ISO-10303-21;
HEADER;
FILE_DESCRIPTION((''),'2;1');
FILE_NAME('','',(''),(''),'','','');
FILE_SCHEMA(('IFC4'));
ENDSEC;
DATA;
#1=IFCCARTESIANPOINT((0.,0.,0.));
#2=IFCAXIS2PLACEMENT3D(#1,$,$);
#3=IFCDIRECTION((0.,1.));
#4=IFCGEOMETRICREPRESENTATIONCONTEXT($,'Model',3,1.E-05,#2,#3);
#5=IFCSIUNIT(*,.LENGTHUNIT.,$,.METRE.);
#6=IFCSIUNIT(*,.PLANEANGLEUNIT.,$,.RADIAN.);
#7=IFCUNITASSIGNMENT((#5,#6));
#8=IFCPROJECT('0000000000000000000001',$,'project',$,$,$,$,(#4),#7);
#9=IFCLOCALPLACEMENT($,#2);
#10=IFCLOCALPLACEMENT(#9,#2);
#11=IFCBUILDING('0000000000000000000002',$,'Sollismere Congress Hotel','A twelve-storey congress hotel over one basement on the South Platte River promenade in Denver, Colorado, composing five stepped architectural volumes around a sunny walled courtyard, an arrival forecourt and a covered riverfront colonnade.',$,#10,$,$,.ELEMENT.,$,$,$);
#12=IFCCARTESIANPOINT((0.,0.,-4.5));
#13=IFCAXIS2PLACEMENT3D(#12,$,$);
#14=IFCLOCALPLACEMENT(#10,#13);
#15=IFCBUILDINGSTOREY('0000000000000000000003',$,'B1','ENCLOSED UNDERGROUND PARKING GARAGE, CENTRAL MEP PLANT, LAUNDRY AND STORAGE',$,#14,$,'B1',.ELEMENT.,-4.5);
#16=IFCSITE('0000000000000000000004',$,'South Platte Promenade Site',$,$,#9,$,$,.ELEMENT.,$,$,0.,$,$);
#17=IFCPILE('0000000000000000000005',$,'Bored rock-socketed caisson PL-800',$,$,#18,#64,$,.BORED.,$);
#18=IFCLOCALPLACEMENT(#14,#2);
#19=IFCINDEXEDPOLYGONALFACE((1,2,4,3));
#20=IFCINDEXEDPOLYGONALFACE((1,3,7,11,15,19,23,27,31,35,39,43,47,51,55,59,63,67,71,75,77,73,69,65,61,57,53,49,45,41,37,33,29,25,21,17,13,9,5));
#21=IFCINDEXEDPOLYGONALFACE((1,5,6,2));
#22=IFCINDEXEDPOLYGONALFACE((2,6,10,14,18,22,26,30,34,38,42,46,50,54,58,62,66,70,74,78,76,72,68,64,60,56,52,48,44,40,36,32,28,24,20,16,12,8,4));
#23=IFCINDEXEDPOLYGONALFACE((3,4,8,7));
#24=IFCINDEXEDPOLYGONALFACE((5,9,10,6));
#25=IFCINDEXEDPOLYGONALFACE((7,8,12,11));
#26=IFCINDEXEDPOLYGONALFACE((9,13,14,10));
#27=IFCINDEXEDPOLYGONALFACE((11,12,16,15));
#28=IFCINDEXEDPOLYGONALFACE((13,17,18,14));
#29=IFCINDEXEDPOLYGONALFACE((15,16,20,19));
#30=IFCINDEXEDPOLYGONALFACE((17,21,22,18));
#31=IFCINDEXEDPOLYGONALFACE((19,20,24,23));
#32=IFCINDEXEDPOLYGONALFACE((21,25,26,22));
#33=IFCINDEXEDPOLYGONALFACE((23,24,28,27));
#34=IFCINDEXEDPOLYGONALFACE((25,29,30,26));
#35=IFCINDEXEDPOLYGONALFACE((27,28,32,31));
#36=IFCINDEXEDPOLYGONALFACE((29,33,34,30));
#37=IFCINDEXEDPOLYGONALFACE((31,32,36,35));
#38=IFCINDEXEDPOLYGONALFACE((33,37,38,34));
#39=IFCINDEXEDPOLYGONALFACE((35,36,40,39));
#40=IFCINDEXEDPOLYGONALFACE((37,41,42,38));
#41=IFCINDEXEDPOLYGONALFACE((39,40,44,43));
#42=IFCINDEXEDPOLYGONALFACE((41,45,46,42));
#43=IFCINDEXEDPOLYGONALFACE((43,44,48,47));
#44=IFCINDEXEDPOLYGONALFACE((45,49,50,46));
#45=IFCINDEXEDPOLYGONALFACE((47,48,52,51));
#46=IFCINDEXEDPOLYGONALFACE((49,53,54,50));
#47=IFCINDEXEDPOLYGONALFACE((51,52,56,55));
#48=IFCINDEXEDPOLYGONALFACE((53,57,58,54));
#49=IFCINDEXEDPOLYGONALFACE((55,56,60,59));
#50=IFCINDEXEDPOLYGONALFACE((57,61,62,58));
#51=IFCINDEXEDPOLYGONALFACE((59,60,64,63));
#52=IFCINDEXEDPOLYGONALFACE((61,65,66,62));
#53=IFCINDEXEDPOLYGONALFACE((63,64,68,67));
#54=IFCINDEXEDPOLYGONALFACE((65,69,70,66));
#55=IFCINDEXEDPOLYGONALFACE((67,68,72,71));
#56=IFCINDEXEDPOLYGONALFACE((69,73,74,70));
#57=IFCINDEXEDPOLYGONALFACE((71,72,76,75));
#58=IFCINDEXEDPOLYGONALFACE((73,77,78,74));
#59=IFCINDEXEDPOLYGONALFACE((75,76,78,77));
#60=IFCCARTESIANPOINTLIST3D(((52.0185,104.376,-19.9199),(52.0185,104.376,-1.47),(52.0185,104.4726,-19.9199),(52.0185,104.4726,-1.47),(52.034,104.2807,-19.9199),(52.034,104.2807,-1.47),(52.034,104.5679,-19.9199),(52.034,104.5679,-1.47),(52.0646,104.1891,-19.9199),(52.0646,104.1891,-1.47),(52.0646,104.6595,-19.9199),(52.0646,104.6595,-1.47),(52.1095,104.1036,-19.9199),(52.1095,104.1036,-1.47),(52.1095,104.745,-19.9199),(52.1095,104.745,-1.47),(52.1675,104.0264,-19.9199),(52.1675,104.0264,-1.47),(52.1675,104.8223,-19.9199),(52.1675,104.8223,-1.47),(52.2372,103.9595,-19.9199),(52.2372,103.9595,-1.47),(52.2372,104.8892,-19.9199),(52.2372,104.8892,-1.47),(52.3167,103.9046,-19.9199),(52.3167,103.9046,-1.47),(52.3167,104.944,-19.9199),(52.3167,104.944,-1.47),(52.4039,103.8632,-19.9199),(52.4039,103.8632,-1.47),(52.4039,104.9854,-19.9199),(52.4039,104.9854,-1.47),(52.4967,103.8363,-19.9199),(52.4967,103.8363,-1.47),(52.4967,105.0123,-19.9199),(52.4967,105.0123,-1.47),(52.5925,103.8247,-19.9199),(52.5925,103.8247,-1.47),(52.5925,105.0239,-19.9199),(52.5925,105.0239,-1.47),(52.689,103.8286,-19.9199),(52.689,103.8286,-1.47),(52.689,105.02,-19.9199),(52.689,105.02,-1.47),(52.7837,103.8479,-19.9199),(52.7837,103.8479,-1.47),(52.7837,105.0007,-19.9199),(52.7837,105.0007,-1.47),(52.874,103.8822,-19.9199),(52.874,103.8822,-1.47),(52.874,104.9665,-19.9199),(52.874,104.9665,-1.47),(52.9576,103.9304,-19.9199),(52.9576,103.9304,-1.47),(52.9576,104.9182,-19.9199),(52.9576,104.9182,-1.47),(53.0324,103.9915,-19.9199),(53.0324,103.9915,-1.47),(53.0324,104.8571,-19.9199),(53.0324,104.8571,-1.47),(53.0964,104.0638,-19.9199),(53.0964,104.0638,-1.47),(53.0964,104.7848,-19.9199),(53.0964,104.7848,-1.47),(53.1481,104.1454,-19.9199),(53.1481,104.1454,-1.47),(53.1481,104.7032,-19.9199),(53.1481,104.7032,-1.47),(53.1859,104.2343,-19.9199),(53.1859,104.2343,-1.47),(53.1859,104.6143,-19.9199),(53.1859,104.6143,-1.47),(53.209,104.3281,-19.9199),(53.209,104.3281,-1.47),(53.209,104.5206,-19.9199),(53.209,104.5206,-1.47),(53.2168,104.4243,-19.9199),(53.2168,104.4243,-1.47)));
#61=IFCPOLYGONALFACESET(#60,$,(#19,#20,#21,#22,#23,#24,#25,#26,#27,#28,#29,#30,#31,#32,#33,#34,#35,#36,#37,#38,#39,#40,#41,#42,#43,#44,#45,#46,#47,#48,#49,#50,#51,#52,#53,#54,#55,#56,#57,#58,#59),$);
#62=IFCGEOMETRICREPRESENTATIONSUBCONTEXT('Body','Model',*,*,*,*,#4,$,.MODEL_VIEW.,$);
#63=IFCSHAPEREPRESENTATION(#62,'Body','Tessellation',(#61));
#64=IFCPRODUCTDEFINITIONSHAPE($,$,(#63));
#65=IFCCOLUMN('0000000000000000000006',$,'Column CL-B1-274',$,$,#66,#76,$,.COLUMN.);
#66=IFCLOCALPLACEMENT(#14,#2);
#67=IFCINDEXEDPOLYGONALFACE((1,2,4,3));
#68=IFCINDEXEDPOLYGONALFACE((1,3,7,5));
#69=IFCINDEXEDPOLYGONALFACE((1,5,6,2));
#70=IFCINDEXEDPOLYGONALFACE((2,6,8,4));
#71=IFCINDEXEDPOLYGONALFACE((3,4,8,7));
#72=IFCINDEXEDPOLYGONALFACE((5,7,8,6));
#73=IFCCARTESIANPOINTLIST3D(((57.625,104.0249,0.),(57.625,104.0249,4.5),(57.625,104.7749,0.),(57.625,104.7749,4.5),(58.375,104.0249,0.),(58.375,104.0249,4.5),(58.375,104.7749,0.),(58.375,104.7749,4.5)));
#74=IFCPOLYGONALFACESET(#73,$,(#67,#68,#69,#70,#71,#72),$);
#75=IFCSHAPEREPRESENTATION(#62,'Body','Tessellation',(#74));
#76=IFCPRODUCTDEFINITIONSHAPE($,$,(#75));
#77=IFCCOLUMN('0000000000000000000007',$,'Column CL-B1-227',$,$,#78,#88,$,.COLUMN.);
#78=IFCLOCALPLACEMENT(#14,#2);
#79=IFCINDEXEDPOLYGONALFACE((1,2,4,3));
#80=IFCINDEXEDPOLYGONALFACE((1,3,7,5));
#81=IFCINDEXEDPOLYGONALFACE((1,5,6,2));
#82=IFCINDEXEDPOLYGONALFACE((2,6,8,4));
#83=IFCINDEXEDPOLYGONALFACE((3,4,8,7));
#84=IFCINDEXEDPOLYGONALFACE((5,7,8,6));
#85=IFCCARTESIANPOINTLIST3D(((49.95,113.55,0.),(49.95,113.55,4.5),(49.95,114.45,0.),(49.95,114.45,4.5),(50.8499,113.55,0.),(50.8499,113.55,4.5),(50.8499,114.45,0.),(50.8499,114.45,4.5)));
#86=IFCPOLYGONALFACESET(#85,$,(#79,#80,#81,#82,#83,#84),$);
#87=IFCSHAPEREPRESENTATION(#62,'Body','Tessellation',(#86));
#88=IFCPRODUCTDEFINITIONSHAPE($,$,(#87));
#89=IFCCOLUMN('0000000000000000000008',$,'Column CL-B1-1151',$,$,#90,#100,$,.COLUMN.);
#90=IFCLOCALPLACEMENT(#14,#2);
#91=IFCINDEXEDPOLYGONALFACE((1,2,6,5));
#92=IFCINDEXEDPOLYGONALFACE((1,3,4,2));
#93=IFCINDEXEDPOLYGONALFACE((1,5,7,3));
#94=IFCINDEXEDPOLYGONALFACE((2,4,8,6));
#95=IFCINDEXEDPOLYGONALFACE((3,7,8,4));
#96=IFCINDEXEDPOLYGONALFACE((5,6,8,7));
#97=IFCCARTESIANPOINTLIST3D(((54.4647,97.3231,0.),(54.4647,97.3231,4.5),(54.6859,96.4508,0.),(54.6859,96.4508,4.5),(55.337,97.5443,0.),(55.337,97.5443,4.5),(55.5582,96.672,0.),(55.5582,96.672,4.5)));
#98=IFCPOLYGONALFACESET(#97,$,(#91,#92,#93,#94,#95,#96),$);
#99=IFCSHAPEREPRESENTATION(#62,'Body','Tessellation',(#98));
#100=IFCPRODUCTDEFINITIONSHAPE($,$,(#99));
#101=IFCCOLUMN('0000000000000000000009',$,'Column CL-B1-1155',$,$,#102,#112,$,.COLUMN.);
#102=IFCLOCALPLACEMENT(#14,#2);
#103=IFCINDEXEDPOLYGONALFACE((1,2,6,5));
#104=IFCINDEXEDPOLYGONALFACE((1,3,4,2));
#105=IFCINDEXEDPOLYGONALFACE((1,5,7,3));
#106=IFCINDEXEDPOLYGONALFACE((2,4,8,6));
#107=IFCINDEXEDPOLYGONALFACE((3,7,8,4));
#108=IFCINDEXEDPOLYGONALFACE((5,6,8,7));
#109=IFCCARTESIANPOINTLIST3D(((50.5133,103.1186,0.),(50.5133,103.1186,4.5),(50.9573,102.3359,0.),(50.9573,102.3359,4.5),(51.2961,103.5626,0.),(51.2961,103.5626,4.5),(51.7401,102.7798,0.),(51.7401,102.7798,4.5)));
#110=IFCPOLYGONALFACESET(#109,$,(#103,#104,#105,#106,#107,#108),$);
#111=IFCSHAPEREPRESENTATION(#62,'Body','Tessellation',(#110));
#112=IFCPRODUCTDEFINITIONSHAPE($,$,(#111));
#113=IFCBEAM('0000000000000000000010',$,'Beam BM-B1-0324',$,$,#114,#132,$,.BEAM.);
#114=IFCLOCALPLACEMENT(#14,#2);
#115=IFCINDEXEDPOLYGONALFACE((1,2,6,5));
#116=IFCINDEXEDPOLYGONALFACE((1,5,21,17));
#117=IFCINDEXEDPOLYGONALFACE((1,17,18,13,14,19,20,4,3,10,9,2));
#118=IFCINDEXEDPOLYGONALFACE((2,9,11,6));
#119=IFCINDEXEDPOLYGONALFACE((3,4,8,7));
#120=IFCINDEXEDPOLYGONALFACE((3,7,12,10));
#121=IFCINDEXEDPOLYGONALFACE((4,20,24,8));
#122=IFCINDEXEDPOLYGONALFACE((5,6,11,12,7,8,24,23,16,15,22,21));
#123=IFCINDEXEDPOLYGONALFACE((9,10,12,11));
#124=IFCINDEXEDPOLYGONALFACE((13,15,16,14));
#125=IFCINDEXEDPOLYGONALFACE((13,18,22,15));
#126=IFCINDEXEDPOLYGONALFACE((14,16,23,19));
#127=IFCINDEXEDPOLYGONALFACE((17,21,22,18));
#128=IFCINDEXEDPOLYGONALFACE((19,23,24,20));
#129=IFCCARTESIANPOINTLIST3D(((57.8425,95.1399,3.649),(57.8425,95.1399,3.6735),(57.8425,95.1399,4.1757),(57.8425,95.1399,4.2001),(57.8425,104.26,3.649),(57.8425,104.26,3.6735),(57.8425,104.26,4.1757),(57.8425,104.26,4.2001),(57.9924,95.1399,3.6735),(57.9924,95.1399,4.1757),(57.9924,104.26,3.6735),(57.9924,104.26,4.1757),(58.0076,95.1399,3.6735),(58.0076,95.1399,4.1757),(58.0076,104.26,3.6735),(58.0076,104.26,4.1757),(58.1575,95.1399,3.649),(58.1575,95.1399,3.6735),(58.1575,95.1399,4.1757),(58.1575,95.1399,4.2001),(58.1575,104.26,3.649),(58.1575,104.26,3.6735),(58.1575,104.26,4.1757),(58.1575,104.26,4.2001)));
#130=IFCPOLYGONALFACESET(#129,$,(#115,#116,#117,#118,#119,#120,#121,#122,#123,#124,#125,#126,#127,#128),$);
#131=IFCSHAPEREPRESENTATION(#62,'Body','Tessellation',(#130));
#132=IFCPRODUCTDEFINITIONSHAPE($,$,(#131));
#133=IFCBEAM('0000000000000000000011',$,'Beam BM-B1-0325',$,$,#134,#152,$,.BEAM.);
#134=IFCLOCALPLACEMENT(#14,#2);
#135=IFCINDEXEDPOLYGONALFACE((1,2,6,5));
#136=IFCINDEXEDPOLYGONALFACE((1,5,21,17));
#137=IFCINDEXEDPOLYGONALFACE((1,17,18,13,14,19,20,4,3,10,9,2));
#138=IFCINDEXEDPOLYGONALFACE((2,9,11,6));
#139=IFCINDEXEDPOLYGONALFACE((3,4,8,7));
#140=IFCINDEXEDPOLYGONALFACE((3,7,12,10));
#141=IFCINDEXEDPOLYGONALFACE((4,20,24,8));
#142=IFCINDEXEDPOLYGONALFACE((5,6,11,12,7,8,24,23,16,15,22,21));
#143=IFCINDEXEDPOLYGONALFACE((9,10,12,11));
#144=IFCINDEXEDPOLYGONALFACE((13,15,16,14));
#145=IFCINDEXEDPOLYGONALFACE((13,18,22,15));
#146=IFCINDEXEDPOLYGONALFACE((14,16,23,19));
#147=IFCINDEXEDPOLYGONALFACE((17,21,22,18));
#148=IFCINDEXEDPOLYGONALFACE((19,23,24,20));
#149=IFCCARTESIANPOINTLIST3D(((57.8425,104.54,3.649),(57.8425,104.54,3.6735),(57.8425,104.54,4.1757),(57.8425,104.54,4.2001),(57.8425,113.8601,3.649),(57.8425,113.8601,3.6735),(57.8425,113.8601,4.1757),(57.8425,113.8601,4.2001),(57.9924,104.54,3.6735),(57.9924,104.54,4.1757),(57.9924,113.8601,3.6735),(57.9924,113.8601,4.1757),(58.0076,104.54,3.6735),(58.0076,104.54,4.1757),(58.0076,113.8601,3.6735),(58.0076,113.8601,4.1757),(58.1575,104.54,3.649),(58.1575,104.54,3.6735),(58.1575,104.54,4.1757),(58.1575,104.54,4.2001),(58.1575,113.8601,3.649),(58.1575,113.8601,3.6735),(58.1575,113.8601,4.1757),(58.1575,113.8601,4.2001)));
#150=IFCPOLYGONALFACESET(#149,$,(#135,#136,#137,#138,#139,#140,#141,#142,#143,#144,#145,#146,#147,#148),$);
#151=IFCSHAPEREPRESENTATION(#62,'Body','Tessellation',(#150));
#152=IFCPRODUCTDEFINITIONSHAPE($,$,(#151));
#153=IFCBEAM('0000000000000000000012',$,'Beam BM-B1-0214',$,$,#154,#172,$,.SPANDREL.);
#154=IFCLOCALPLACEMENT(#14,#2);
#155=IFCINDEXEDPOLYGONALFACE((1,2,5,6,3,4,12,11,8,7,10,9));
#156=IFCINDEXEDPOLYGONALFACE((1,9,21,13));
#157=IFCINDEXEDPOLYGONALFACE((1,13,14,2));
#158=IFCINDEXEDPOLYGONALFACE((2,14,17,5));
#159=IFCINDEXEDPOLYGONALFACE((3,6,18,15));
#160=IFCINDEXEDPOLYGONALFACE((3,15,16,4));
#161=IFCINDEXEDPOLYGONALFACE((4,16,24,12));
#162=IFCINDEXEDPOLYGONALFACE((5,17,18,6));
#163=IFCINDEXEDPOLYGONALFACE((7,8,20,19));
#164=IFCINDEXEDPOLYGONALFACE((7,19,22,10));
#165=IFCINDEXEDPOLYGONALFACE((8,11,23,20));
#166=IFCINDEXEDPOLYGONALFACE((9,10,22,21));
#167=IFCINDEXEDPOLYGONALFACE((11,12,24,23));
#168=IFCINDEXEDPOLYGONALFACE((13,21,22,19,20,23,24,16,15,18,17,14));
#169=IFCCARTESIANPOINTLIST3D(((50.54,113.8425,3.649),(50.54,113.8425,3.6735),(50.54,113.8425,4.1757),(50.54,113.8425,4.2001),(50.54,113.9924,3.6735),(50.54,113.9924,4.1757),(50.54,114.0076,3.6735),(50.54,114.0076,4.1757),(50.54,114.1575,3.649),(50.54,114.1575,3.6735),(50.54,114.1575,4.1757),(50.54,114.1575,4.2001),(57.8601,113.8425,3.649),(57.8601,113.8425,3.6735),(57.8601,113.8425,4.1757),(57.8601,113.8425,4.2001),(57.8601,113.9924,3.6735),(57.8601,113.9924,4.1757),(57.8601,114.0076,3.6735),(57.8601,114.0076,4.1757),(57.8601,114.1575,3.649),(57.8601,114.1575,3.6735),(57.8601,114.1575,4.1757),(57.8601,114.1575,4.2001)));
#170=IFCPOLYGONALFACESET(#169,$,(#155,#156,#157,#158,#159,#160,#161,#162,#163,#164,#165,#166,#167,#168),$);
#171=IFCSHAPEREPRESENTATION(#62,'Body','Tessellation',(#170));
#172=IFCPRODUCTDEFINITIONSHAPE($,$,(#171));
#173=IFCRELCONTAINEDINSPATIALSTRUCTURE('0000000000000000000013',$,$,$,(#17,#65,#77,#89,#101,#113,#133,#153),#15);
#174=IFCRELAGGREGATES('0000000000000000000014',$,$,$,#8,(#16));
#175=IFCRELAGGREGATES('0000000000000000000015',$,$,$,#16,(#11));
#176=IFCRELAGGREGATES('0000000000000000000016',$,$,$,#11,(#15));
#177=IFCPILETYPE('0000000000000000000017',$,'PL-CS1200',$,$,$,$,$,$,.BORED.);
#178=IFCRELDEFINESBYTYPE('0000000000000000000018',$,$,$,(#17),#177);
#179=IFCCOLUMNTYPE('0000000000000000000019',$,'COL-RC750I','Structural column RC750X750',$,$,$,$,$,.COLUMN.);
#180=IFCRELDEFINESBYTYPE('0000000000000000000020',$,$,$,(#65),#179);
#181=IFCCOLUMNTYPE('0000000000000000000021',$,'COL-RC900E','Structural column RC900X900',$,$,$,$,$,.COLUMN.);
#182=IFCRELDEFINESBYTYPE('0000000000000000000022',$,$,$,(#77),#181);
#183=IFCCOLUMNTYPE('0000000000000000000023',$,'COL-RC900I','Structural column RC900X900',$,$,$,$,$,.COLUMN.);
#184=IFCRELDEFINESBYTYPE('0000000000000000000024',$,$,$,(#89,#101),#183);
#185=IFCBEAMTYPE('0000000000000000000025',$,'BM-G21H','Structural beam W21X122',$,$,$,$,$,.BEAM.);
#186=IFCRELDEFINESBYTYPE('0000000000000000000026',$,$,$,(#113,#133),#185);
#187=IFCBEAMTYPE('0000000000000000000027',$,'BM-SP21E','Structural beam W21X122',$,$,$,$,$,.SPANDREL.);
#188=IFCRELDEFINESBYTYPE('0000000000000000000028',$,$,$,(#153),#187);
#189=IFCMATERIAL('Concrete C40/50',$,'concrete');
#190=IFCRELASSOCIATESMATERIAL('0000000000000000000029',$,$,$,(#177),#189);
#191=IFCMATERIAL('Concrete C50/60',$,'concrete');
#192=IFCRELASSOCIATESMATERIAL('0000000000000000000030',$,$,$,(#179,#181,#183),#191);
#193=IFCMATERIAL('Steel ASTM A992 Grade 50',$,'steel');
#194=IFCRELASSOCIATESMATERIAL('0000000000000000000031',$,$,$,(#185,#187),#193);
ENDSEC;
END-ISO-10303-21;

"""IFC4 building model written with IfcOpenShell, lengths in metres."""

from ifc_helpers import new_model, si_unit, direction, frame, origin, origin_2d, place, context, subcontext, project, spatial, rectangle, circle, i_section, extrude, material, material_profile, profile_set, type_object, element, save


model = new_model("IFC4")

# Units and contexts
model_context = context("Model", 3, precision=1e-05, world=origin(), true_north=direction((0.0, 1.0)))
body_context = subcontext(model_context, "Body", "Model", "MODEL_VIEW")
ifc_project = project(units=[si_unit("LENGTHUNIT", "METRE"), si_unit("PLANEANGLEUNIT", "RADIAN")], contexts=[model_context])

# Site, building, storey
site_placement = place(None, origin())
site = spatial("IfcSite", under=ifc_project, at=site_placement, Name="South Platte Promenade Site", CompositionType="ELEMENT", RefElevation=0.0)
building_placement = place(site_placement, origin())
building = spatial("IfcBuilding", under=site, at=building_placement, Name="Sollismere Congress Hotel", Description="A twelve-storey congress hotel over one basement on the South Platte River promenade in Denver, Colorado, composing five stepped architectural volumes around a sunny walled courtyard, an arrival forecourt and a covered riverfront colonnade.", CompositionType="ELEMENT")
storey_placement = place(building_placement, frame((0.0, 0.0, -4.5)))
storey = spatial("IfcBuildingStorey", under=building, at=storey_placement, Name="B1", Description="ENCLOSED UNDERGROUND PARKING GARAGE, CENTRAL MEP PLANT, LAUNDRY AND STORAGE", LongName="B1", CompositionType="ELEMENT", Elevation=-4.5)

# Shared definitions
ifc_material_1 = material(Name="Concrete C40/50", Category="concrete")

# Pile
ifc_material_profile_1 = material_profile(ifc_material_1, circle(Radius=0.6001, at=origin_2d()), Name="CAISSON1200")
ifc_profile_set_1 = profile_set([ifc_material_profile_1], Name="Concrete C40/50")
pile_type = type_object("IfcPileType", Name="PL-CS1200", PredefinedType="BORED", material=ifc_profile_set_1)
for number, where, z_axis, x_axis, name in (
    (1, (52.6167, 104.4243, -1.47), (0.0, 0.0, -1.0), (1.0, 0.0, 0.0), "Bored rock-socketed caisson PL-800"),
):
    element("IfcPile", number, at=place(storey_placement, frame(where, z_axis=z_axis, x_axis=x_axis)), inside=storey, type_object=pile_type, Name=name, PredefinedType="BORED", context=body_context, shape_type="SweptSolid", body=[
        extrude(circle(Radius=0.6001, at=origin_2d()), origin(), (0.0, 0.0, 1.0), 18.45),
    ])

# Columns
ifc_material_2 = material(Name="Concrete C50/60", Category="concrete")
ifc_material_profile_2 = material_profile(ifc_material_2, rectangle(XDim=0.75, YDim=0.75, at=origin_2d()), Name="RC750X750")
ifc_profile_set_2 = profile_set([ifc_material_profile_2], Name="Concrete C50/60")
column_type_1 = type_object("IfcColumnType", Name="COL-RC750I", Description="Structural column RC750X750", PredefinedType="COLUMN", material=ifc_profile_set_2)
column_1_placement = place(storey_placement, frame((58.0, 104.3999, 0.0), z_axis=(0.0, 0.0, 1.0), x_axis=(1.0, 0.0, 0.0)))
element("IfcColumn", 2, at=column_1_placement, inside=storey, type_object=column_type_1, Name="Column CL-B1-274", PredefinedType="COLUMN", context=body_context, shape_type="SweptSolid", body=[
    extrude(rectangle(XDim=0.75, YDim=0.75, at=origin_2d()), origin(), (0.0, 0.0, 1.0), 4.5),
])
ifc_material_profile_3 = material_profile(ifc_material_2, rectangle(XDim=0.8999, YDim=0.8999, at=origin_2d()), Name="RC900X900")
ifc_profile_set_3 = profile_set([ifc_material_profile_3], Name="Concrete C50/60")
column_type_2 = type_object("IfcColumnType", Name="COL-RC900E", Description="Structural column RC900X900", PredefinedType="COLUMN", material=ifc_profile_set_3)
column_2_placement = place(storey_placement, frame((50.3999, 114.0, 0.0), z_axis=(0.0, 0.0, 1.0), x_axis=(1.0, 0.0, 0.0)))
element("IfcColumn", 3, at=column_2_placement, inside=storey, type_object=column_type_2, Name="Column CL-B1-227", PredefinedType="COLUMN", context=body_context, shape_type="SweptSolid", body=[
    extrude(rectangle(XDim=0.8999, YDim=0.8999, at=origin_2d()), origin(), (0.0, 0.0, 1.0), 4.5),
])
ifc_material_profile_4 = material_profile(ifc_material_2, rectangle(XDim=0.8999, YDim=0.8999, at=origin_2d()), Name="RC900X900")
ifc_profile_set_4 = profile_set([ifc_material_profile_4], Name="Concrete C50/60")
column_type_3 = type_object("IfcColumnType", Name="COL-RC900I", Description="Structural column RC900X900", PredefinedType="COLUMN", material=ifc_profile_set_4)
for number, where, z_axis, x_axis, name in (
    (4, (55.0115, 96.9976, 0.0), (0.0, 0.0, 1.0), (0.969317, 0.245815, 0.0), "Column CL-B1-1151"),
    (5, (51.1267, 102.9492, 0.0), (0.0, 0.0, 1.0), (0.86984, 0.493335, 0.0), "Column CL-B1-1155"),
):
    element("IfcColumn", number, at=place(storey_placement, frame(where, z_axis=z_axis, x_axis=x_axis)), inside=storey, type_object=column_type_3, Name=name, PredefinedType="COLUMN", context=body_context, shape_type="SweptSolid", body=[
        extrude(rectangle(XDim=0.8999, YDim=0.8999, at=origin_2d()), origin(), (0.0, 0.0, 1.0), 4.5),
    ])

# Beams
ifc_material_3 = material(Name="Steel ASTM A992 Grade 50", Category="steel")
ifc_material_profile_5 = material_profile(ifc_material_3, i_section(OverallWidth=0.3149, OverallDepth=0.551, WebThickness=0.0151, FlangeThickness=0.0244, at=origin_2d()), Name="W21X122")
ifc_profile_set_5 = profile_set([ifc_material_profile_5], Name="Steel ASTM A992 Grade 50")
beam_type_1 = type_object("IfcBeamType", Name="BM-G21H", Description="Structural beam W21X122", PredefinedType="BEAM", material=ifc_profile_set_5)
beam_1_placement = place(storey_placement, frame((58.0, 95.1399, 3.9246), z_axis=(0.0, 1.0, 0.0), x_axis=(-1.0, 0.0, 0.0)))
element("IfcBeam", 6, at=beam_1_placement, inside=storey, type_object=beam_type_1, Name="Beam BM-B1-0324", PredefinedType="BEAM", context=body_context, shape_type="SweptSolid", body=[
    extrude(i_section(OverallWidth=0.3149, OverallDepth=0.551, WebThickness=0.0151, FlangeThickness=0.0244, at=origin_2d()), origin(), (0.0, 0.0, 1.0), 9.1201),
])
beam_2_placement = place(storey_placement, frame((58.0, 104.54, 3.9246), z_axis=(0.0, 1.0, 0.0), x_axis=(-1.0, 0.0, 0.0)))
element("IfcBeam", 7, at=beam_2_placement, inside=storey, type_object=beam_type_1, Name="Beam BM-B1-0325", PredefinedType="BEAM", context=body_context, shape_type="SweptSolid", body=[
    extrude(i_section(OverallWidth=0.3149, OverallDepth=0.551, WebThickness=0.0151, FlangeThickness=0.0244, at=origin_2d()), origin(), (0.0, 0.0, 1.0), 9.3201),
])
ifc_material_profile_6 = material_profile(ifc_material_3, i_section(OverallWidth=0.3149, OverallDepth=0.551, WebThickness=0.0151, FlangeThickness=0.0244, at=origin_2d()), Name="W21X122")
ifc_profile_set_6 = profile_set([ifc_material_profile_6], Name="Steel ASTM A992 Grade 50")
beam_type_2 = type_object("IfcBeamType", Name="BM-SP21E", Description="Structural beam W21X122", PredefinedType="SPANDREL", material=ifc_profile_set_6)
beam_3_placement = place(storey_placement, frame((50.54, 114.0, 3.9246), z_axis=(1.0, 0.0, 0.0), x_axis=(0.0, 1.0, 0.0)))
element("IfcBeam", 8, at=beam_3_placement, inside=storey, type_object=beam_type_2, Name="Beam BM-B1-0214", PredefinedType="SPANDREL", context=body_context, shape_type="SweptSolid", body=[
    extrude(i_section(OverallWidth=0.3149, OverallDepth=0.551, WebThickness=0.0151, FlangeThickness=0.0244, at=origin_2d()), origin(), (0.0, 0.0, 1.0), 7.3201),
])

save(model, "model.ifc")
